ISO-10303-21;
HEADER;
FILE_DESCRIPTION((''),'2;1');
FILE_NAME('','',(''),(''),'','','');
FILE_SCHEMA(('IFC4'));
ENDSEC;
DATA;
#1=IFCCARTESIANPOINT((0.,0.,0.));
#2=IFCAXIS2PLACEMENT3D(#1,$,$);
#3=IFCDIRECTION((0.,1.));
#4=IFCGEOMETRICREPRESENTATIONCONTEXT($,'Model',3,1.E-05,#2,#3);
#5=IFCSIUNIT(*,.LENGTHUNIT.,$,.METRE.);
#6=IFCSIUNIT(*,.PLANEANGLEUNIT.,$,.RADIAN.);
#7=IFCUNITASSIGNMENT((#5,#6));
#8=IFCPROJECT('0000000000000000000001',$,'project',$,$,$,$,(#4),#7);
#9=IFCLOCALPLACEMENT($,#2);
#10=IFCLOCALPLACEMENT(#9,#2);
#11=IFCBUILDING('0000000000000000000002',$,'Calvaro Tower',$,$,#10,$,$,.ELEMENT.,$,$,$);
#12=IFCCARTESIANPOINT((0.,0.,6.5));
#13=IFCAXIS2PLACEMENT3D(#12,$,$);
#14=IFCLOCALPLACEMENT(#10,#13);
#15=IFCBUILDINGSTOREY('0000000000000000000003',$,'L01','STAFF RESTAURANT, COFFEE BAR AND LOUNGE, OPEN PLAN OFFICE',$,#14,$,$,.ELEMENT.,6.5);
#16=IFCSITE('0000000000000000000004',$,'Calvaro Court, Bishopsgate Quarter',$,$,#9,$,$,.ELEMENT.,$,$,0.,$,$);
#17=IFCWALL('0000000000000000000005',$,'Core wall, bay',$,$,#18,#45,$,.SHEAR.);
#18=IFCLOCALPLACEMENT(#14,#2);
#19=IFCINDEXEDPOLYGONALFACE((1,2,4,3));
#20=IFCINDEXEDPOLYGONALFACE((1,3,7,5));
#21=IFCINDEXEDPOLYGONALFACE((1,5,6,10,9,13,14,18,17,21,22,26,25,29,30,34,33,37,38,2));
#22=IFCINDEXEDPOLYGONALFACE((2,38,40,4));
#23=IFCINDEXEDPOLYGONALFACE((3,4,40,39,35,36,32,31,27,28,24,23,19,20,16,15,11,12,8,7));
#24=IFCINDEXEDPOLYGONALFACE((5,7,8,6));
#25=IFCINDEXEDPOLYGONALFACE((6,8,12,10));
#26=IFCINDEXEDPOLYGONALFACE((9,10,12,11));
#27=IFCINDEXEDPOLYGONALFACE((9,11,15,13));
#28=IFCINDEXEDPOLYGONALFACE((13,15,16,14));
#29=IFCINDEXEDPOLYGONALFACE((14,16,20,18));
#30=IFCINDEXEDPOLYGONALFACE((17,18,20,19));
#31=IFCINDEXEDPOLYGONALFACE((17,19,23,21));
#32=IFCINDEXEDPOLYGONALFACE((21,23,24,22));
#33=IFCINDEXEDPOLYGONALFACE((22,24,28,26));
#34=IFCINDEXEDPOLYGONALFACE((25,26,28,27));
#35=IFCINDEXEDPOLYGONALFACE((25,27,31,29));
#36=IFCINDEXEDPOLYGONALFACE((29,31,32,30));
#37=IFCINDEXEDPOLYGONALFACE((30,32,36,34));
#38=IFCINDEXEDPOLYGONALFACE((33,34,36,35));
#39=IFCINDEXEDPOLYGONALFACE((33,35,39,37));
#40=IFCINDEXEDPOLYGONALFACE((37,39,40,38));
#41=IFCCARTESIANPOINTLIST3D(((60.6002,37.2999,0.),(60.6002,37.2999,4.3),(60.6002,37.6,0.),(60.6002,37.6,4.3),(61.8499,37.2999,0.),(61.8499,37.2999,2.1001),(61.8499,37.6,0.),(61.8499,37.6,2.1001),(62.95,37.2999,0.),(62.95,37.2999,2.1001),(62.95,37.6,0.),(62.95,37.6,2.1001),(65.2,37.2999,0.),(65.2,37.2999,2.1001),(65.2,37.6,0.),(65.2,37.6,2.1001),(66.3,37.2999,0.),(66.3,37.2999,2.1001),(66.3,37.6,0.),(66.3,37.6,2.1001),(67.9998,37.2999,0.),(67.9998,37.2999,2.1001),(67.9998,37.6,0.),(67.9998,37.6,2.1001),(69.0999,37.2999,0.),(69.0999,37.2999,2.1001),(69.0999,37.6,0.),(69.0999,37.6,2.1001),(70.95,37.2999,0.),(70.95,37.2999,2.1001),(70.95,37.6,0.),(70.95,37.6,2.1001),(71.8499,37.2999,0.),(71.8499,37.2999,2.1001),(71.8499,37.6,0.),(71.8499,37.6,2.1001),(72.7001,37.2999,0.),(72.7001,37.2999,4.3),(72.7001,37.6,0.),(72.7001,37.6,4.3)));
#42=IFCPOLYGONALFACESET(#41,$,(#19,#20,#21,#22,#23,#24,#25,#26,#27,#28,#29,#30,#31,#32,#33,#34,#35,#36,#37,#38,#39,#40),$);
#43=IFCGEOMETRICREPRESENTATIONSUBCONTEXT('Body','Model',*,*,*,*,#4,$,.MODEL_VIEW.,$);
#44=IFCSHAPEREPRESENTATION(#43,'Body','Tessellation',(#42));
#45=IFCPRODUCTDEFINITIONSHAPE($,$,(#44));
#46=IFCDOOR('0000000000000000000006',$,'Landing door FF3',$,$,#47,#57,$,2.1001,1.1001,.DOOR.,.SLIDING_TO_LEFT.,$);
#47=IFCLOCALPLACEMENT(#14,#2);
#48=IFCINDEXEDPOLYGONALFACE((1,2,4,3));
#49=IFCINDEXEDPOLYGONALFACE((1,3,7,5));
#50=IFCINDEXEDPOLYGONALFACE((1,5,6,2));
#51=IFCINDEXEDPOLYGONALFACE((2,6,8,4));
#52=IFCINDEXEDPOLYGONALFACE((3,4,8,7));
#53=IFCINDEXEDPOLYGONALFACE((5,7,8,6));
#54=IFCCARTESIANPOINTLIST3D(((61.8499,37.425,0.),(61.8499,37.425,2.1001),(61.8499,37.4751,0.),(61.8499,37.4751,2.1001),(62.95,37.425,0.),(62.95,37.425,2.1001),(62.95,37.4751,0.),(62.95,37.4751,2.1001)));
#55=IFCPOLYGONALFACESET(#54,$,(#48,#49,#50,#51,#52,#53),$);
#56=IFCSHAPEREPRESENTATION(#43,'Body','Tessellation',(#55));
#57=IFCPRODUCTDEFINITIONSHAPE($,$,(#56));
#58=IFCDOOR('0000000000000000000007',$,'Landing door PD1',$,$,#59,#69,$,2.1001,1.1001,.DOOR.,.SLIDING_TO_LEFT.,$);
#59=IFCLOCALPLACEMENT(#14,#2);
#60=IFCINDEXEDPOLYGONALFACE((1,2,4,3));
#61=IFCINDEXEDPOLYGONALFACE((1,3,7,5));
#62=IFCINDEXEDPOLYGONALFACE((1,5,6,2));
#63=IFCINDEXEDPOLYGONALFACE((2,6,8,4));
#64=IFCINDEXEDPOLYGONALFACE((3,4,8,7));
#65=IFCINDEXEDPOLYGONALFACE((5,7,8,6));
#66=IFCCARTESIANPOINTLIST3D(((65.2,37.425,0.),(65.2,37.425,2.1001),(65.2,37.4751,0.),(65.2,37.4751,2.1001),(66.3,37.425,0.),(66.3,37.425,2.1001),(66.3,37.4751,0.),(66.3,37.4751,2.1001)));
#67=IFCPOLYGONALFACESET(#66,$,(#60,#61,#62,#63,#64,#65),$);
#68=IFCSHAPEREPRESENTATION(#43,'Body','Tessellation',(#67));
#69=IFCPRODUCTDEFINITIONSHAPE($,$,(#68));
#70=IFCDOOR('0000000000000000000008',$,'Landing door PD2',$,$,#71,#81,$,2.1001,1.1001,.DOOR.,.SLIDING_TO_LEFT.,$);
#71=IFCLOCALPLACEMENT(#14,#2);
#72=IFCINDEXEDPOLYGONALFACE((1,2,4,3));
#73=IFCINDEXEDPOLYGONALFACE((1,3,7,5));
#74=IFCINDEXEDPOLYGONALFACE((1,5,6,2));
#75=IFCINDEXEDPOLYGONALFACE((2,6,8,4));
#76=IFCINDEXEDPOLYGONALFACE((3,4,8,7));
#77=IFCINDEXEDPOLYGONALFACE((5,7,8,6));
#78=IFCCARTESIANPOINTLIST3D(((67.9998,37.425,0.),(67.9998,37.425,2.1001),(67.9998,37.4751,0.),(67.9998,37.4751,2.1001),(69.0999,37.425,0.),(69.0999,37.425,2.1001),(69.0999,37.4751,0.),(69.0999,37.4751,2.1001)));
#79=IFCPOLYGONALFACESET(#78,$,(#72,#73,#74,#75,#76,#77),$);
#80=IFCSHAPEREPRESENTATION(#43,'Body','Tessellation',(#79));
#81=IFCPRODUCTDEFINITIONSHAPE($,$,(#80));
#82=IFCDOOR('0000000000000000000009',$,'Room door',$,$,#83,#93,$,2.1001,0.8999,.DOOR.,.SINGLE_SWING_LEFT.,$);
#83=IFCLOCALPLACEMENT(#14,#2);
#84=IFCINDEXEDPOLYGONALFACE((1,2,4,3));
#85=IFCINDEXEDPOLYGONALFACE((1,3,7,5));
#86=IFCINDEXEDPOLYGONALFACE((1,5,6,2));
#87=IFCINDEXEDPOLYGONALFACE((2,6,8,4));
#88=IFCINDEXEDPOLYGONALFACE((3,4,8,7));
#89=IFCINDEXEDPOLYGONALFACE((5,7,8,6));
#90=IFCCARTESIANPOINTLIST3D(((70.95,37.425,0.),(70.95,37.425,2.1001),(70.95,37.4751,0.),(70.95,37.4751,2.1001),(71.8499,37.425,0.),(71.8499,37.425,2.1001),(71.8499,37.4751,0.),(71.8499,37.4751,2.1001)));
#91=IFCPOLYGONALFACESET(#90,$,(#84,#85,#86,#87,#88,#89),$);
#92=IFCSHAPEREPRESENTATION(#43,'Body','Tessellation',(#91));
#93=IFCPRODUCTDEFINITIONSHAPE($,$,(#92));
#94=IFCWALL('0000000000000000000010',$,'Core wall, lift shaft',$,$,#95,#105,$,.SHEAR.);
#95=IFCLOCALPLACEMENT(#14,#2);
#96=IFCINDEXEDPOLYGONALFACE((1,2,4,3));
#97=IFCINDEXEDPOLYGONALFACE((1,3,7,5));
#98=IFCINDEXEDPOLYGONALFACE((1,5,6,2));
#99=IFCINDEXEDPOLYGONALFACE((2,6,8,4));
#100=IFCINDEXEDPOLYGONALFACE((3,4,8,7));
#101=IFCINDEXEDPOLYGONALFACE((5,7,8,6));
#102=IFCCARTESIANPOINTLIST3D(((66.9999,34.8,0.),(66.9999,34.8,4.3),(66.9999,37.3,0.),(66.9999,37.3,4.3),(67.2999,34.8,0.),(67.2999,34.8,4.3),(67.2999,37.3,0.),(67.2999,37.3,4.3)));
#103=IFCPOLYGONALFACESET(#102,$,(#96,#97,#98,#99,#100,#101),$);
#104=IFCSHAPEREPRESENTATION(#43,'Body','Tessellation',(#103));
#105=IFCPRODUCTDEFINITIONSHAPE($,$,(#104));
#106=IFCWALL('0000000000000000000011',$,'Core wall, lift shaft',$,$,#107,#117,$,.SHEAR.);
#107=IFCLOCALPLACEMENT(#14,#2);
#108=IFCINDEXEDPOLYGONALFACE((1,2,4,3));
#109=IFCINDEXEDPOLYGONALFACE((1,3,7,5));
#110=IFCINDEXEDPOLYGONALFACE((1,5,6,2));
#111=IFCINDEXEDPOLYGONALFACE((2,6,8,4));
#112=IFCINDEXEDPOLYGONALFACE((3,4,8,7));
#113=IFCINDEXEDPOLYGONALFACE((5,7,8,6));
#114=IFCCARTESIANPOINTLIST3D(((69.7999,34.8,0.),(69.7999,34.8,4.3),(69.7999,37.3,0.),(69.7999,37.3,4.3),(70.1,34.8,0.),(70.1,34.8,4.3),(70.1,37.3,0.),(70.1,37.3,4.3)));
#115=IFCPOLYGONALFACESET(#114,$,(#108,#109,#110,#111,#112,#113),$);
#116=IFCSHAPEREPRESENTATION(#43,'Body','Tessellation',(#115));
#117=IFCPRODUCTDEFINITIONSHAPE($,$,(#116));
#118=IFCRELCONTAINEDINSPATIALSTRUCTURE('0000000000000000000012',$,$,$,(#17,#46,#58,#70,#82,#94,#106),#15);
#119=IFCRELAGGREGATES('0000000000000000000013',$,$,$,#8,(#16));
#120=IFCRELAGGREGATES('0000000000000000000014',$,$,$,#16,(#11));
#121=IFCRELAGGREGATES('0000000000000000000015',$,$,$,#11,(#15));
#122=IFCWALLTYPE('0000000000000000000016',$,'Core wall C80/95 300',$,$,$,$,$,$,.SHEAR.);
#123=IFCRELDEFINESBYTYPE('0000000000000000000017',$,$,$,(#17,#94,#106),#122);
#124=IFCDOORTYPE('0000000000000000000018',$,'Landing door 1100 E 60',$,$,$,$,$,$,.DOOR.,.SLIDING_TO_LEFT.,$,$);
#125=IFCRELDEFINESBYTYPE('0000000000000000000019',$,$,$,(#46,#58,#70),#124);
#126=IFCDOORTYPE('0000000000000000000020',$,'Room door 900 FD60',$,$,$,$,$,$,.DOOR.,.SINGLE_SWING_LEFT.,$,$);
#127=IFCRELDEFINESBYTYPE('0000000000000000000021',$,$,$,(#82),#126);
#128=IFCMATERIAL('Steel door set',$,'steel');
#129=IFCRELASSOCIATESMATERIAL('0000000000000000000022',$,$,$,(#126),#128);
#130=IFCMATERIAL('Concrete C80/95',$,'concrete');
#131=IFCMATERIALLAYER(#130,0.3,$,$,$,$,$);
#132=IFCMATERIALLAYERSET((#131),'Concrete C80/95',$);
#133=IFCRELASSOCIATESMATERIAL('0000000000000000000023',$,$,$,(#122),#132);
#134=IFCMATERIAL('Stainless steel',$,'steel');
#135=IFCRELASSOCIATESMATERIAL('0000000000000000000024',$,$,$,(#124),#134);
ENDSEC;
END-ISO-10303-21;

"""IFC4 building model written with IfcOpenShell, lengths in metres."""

from ifc_helpers import new_model, si_unit, direction, frame, frame_2d, origin, place, context, subcontext, project, spatial, rectangle, extrude, material, layer, layer_set, type_object, element, fill, save


model = new_model("IFC4")

# Units and contexts
model_context = context("Model", 3, precision=1e-05, world=origin(), true_north=direction((0.0, 1.0)))
body_context = subcontext(model_context, "Body", "Model", "MODEL_VIEW")
ifc_project = project(units=[si_unit("LENGTHUNIT", "METRE"), si_unit("PLANEANGLEUNIT", "RADIAN")], contexts=[model_context])

# Site, building, storey
site_placement = place(None, origin())
site = spatial("IfcSite", under=ifc_project, at=site_placement, Name="Calvaro Court, Bishopsgate Quarter", CompositionType="ELEMENT", RefElevation=0.0)
building_placement = place(site_placement, origin())
building = spatial("IfcBuilding", under=site, at=building_placement, Name="Calvaro Tower", CompositionType="ELEMENT")
storey_placement = place(building_placement, frame((0.0, 0.0, 6.5)))
storey = spatial("IfcBuildingStorey", under=building, at=storey_placement, Name="L01", Description="STAFF RESTAURANT, COFFEE BAR AND LOUNGE, OPEN PLAN OFFICE", CompositionType="ELEMENT", Elevation=6.5)

# Shared definitions
ifc_material_1 = material(Name="Steel door set", Category="steel")
door_type_1 = type_object("IfcDoorType", Name="Room door 900 FD60", OperationType="SINGLE_SWING_LEFT", PredefinedType="DOOR", material=ifc_material_1)

# Shared definitions
ifc_material_2 = material(Name="Concrete C80/95", Category="concrete")
ifc_layer_1 = layer(ifc_material_2, 0.3)
ifc_layer_set_1 = layer_set([ifc_layer_1], Name="Concrete C80/95")
wall_type_1 = type_object("IfcWallType", Name="Core wall C80/95 300", PredefinedType="SHEAR", material=ifc_layer_set_1)

# Wall, openings, doors
wall_1_placement = place(storey_placement, frame((72.7, 37.45, 0.0), z_axis=(0.0, 0.0, 1.0), x_axis=(-1.0, 0.0, 0.0)))
wall_1 = element("IfcWall", 1, at=wall_1_placement, inside=storey, type_object=wall_type_1, Name="Core wall, bay", PredefinedType="SHEAR", context=body_context, shape_type="SweptSolid", body=[
    extrude(rectangle(XDim=12.0999, YDim=0.3, at=frame_2d((6.0498, 0.0))), origin(), (0.0, 0.0, 1.0), 4.3),
])
opening_1_placement = place(wall_1_placement, frame((0.8501, 0.0, 0.0)))
opening_1 = element("IfcOpeningElement", 2, at=opening_1_placement, cuts=wall_1, PredefinedType="OPENING", context=body_context, shape_type="SweptSolid", body=[
    extrude(rectangle(XDim=0.8999, YDim=2.1001, at=frame_2d((0.45, 1.05))), frame((0.0, 0.1599, 0.0), z_axis=(0.0, -1.0, 0.0), x_axis=(1.0, 0.0, 0.0)), (0.0, 0.0, 1.0), 0.3201),
])
opening_2_placement = place(wall_1_placement, frame((9.75, 0.0, 0.0)))
opening_2 = element("IfcOpeningElement", 3, at=opening_2_placement, cuts=wall_1, PredefinedType="OPENING", context=body_context, shape_type="SweptSolid", body=[
    extrude(rectangle(XDim=1.1001, YDim=2.1001, at=frame_2d((0.55, 1.05))), frame((0.0, 0.1599, 0.0), z_axis=(0.0, -1.0, 0.0), x_axis=(1.0, 0.0, 0.0)), (0.0, 0.0, 1.0), 0.3201),
])
opening_3_placement = place(wall_1_placement, frame((6.3999, 0.0, 0.0)))
opening_3 = element("IfcOpeningElement", 4, at=opening_3_placement, cuts=wall_1, PredefinedType="OPENING", context=body_context, shape_type="SweptSolid", body=[
    extrude(rectangle(XDim=1.1001, YDim=2.1001, at=frame_2d((0.55, 1.05))), frame((0.0, 0.1599, 0.0), z_axis=(0.0, -1.0, 0.0), x_axis=(1.0, 0.0, 0.0)), (0.0, 0.0, 1.0), 0.3201),
])
opening_4_placement = place(wall_1_placement, frame((3.6001, 0.0, 0.0)))
opening_4 = element("IfcOpeningElement", 5, at=opening_4_placement, cuts=wall_1, PredefinedType="OPENING", context=body_context, shape_type="SweptSolid", body=[
    extrude(rectangle(XDim=1.1001, YDim=2.1001, at=frame_2d((0.55, 1.05))), frame((0.0, 0.1599, 0.0), z_axis=(0.0, -1.0, 0.0), x_axis=(1.0, 0.0, 0.0)), (0.0, 0.0, 1.0), 0.3201),
])
ifc_material_3 = material(Name="Stainless steel", Category="steel")
door_type_2 = type_object("IfcDoorType", Name="Landing door 1100 E 60", OperationType="SLIDING_TO_LEFT", PredefinedType="DOOR", material=ifc_material_3)
door_1_placement = place(opening_2_placement, origin())
door_1 = element("IfcDoor", 6, at=door_1_placement, inside=storey, type_object=door_type_2, Name="Landing door FF3", OperationType="SLIDING_TO_LEFT", OverallHeight=2.1001, OverallWidth=1.1001, PredefinedType="DOOR", context=body_context, shape_type="SweptSolid", body=[
    extrude(rectangle(XDim=1.1001, YDim=2.1001, at=frame_2d((0.55, 1.05))), frame((0.0, 0.0249, 0.0), z_axis=(0.0, -1.0, 0.0), x_axis=(1.0, 0.0, 0.0)), (0.0, 0.0, 1.0), 0.05),
])
fill(opening_2, door_1)
door_2_placement = place(opening_3_placement, origin())
door_2 = element("IfcDoor", 7, at=door_2_placement, inside=storey, type_object=door_type_2, Name="Landing door PD1", OperationType="SLIDING_TO_LEFT", OverallHeight=2.1001, OverallWidth=1.1001, PredefinedType="DOOR", context=body_context, shape_type="SweptSolid", body=[
    extrude(rectangle(XDim=1.1001, YDim=2.1001, at=frame_2d((0.55, 1.05))), frame((0.0, 0.0249, 0.0), z_axis=(0.0, -1.0, 0.0), x_axis=(1.0, 0.0, 0.0)), (0.0, 0.0, 1.0), 0.05),
])
fill(opening_3, door_2)
door_3_placement = place(opening_4_placement, origin())
door_3 = element("IfcDoor", 8, at=door_3_placement, inside=storey, type_object=door_type_2, Name="Landing door PD2", OperationType="SLIDING_TO_LEFT", OverallHeight=2.1001, OverallWidth=1.1001, PredefinedType="DOOR", context=body_context, shape_type="SweptSolid", body=[
    extrude(rectangle(XDim=1.1001, YDim=2.1001, at=frame_2d((0.55, 1.05))), frame((0.0, 0.0249, 0.0), z_axis=(0.0, -1.0, 0.0), x_axis=(1.0, 0.0, 0.0)), (0.0, 0.0, 1.0), 0.05),
])
fill(opening_4, door_3)
door_4_placement = place(opening_1_placement, origin())
door_4 = element("IfcDoor", 9, at=door_4_placement, inside=storey, type_object=door_type_1, Name="Room door", OperationType="SINGLE_SWING_LEFT", OverallHeight=2.1001, OverallWidth=0.8999, PredefinedType="DOOR", context=body_context, shape_type="SweptSolid", body=[
    extrude(rectangle(XDim=0.8999, YDim=2.1001, at=frame_2d((0.45, 1.05))), frame((0.0, 0.0249, 0.0), z_axis=(0.0, -1.0, 0.0), x_axis=(1.0, 0.0, 0.0)), (0.0, 0.0, 1.0), 0.05),
])
fill(opening_1, door_4)

# Walls
for number, where, z_axis, x_axis, name in (
    (10, (67.1499, 34.8, 0.0), (0.0, 0.0, 1.0), (0.0, 1.0, 0.0), "Core wall, lift shaft"),
    (11, (69.95, 34.8, 0.0), (0.0, 0.0, 1.0), (0.0, 1.0, 0.0), "Core wall, lift shaft"),
):
    element("IfcWall", number, at=place(storey_placement, frame(where, z_axis=z_axis, x_axis=x_axis)), inside=storey, type_object=wall_type_1, Name=name, PredefinedType="SHEAR", context=body_context, shape_type="SweptSolid", body=[
        extrude(rectangle(XDim=2.5, YDim=0.3, at=frame_2d((1.25, 0.0))), origin(), (0.0, 0.0, 1.0), 4.3),
    ])

save(model, "model.ifc")
